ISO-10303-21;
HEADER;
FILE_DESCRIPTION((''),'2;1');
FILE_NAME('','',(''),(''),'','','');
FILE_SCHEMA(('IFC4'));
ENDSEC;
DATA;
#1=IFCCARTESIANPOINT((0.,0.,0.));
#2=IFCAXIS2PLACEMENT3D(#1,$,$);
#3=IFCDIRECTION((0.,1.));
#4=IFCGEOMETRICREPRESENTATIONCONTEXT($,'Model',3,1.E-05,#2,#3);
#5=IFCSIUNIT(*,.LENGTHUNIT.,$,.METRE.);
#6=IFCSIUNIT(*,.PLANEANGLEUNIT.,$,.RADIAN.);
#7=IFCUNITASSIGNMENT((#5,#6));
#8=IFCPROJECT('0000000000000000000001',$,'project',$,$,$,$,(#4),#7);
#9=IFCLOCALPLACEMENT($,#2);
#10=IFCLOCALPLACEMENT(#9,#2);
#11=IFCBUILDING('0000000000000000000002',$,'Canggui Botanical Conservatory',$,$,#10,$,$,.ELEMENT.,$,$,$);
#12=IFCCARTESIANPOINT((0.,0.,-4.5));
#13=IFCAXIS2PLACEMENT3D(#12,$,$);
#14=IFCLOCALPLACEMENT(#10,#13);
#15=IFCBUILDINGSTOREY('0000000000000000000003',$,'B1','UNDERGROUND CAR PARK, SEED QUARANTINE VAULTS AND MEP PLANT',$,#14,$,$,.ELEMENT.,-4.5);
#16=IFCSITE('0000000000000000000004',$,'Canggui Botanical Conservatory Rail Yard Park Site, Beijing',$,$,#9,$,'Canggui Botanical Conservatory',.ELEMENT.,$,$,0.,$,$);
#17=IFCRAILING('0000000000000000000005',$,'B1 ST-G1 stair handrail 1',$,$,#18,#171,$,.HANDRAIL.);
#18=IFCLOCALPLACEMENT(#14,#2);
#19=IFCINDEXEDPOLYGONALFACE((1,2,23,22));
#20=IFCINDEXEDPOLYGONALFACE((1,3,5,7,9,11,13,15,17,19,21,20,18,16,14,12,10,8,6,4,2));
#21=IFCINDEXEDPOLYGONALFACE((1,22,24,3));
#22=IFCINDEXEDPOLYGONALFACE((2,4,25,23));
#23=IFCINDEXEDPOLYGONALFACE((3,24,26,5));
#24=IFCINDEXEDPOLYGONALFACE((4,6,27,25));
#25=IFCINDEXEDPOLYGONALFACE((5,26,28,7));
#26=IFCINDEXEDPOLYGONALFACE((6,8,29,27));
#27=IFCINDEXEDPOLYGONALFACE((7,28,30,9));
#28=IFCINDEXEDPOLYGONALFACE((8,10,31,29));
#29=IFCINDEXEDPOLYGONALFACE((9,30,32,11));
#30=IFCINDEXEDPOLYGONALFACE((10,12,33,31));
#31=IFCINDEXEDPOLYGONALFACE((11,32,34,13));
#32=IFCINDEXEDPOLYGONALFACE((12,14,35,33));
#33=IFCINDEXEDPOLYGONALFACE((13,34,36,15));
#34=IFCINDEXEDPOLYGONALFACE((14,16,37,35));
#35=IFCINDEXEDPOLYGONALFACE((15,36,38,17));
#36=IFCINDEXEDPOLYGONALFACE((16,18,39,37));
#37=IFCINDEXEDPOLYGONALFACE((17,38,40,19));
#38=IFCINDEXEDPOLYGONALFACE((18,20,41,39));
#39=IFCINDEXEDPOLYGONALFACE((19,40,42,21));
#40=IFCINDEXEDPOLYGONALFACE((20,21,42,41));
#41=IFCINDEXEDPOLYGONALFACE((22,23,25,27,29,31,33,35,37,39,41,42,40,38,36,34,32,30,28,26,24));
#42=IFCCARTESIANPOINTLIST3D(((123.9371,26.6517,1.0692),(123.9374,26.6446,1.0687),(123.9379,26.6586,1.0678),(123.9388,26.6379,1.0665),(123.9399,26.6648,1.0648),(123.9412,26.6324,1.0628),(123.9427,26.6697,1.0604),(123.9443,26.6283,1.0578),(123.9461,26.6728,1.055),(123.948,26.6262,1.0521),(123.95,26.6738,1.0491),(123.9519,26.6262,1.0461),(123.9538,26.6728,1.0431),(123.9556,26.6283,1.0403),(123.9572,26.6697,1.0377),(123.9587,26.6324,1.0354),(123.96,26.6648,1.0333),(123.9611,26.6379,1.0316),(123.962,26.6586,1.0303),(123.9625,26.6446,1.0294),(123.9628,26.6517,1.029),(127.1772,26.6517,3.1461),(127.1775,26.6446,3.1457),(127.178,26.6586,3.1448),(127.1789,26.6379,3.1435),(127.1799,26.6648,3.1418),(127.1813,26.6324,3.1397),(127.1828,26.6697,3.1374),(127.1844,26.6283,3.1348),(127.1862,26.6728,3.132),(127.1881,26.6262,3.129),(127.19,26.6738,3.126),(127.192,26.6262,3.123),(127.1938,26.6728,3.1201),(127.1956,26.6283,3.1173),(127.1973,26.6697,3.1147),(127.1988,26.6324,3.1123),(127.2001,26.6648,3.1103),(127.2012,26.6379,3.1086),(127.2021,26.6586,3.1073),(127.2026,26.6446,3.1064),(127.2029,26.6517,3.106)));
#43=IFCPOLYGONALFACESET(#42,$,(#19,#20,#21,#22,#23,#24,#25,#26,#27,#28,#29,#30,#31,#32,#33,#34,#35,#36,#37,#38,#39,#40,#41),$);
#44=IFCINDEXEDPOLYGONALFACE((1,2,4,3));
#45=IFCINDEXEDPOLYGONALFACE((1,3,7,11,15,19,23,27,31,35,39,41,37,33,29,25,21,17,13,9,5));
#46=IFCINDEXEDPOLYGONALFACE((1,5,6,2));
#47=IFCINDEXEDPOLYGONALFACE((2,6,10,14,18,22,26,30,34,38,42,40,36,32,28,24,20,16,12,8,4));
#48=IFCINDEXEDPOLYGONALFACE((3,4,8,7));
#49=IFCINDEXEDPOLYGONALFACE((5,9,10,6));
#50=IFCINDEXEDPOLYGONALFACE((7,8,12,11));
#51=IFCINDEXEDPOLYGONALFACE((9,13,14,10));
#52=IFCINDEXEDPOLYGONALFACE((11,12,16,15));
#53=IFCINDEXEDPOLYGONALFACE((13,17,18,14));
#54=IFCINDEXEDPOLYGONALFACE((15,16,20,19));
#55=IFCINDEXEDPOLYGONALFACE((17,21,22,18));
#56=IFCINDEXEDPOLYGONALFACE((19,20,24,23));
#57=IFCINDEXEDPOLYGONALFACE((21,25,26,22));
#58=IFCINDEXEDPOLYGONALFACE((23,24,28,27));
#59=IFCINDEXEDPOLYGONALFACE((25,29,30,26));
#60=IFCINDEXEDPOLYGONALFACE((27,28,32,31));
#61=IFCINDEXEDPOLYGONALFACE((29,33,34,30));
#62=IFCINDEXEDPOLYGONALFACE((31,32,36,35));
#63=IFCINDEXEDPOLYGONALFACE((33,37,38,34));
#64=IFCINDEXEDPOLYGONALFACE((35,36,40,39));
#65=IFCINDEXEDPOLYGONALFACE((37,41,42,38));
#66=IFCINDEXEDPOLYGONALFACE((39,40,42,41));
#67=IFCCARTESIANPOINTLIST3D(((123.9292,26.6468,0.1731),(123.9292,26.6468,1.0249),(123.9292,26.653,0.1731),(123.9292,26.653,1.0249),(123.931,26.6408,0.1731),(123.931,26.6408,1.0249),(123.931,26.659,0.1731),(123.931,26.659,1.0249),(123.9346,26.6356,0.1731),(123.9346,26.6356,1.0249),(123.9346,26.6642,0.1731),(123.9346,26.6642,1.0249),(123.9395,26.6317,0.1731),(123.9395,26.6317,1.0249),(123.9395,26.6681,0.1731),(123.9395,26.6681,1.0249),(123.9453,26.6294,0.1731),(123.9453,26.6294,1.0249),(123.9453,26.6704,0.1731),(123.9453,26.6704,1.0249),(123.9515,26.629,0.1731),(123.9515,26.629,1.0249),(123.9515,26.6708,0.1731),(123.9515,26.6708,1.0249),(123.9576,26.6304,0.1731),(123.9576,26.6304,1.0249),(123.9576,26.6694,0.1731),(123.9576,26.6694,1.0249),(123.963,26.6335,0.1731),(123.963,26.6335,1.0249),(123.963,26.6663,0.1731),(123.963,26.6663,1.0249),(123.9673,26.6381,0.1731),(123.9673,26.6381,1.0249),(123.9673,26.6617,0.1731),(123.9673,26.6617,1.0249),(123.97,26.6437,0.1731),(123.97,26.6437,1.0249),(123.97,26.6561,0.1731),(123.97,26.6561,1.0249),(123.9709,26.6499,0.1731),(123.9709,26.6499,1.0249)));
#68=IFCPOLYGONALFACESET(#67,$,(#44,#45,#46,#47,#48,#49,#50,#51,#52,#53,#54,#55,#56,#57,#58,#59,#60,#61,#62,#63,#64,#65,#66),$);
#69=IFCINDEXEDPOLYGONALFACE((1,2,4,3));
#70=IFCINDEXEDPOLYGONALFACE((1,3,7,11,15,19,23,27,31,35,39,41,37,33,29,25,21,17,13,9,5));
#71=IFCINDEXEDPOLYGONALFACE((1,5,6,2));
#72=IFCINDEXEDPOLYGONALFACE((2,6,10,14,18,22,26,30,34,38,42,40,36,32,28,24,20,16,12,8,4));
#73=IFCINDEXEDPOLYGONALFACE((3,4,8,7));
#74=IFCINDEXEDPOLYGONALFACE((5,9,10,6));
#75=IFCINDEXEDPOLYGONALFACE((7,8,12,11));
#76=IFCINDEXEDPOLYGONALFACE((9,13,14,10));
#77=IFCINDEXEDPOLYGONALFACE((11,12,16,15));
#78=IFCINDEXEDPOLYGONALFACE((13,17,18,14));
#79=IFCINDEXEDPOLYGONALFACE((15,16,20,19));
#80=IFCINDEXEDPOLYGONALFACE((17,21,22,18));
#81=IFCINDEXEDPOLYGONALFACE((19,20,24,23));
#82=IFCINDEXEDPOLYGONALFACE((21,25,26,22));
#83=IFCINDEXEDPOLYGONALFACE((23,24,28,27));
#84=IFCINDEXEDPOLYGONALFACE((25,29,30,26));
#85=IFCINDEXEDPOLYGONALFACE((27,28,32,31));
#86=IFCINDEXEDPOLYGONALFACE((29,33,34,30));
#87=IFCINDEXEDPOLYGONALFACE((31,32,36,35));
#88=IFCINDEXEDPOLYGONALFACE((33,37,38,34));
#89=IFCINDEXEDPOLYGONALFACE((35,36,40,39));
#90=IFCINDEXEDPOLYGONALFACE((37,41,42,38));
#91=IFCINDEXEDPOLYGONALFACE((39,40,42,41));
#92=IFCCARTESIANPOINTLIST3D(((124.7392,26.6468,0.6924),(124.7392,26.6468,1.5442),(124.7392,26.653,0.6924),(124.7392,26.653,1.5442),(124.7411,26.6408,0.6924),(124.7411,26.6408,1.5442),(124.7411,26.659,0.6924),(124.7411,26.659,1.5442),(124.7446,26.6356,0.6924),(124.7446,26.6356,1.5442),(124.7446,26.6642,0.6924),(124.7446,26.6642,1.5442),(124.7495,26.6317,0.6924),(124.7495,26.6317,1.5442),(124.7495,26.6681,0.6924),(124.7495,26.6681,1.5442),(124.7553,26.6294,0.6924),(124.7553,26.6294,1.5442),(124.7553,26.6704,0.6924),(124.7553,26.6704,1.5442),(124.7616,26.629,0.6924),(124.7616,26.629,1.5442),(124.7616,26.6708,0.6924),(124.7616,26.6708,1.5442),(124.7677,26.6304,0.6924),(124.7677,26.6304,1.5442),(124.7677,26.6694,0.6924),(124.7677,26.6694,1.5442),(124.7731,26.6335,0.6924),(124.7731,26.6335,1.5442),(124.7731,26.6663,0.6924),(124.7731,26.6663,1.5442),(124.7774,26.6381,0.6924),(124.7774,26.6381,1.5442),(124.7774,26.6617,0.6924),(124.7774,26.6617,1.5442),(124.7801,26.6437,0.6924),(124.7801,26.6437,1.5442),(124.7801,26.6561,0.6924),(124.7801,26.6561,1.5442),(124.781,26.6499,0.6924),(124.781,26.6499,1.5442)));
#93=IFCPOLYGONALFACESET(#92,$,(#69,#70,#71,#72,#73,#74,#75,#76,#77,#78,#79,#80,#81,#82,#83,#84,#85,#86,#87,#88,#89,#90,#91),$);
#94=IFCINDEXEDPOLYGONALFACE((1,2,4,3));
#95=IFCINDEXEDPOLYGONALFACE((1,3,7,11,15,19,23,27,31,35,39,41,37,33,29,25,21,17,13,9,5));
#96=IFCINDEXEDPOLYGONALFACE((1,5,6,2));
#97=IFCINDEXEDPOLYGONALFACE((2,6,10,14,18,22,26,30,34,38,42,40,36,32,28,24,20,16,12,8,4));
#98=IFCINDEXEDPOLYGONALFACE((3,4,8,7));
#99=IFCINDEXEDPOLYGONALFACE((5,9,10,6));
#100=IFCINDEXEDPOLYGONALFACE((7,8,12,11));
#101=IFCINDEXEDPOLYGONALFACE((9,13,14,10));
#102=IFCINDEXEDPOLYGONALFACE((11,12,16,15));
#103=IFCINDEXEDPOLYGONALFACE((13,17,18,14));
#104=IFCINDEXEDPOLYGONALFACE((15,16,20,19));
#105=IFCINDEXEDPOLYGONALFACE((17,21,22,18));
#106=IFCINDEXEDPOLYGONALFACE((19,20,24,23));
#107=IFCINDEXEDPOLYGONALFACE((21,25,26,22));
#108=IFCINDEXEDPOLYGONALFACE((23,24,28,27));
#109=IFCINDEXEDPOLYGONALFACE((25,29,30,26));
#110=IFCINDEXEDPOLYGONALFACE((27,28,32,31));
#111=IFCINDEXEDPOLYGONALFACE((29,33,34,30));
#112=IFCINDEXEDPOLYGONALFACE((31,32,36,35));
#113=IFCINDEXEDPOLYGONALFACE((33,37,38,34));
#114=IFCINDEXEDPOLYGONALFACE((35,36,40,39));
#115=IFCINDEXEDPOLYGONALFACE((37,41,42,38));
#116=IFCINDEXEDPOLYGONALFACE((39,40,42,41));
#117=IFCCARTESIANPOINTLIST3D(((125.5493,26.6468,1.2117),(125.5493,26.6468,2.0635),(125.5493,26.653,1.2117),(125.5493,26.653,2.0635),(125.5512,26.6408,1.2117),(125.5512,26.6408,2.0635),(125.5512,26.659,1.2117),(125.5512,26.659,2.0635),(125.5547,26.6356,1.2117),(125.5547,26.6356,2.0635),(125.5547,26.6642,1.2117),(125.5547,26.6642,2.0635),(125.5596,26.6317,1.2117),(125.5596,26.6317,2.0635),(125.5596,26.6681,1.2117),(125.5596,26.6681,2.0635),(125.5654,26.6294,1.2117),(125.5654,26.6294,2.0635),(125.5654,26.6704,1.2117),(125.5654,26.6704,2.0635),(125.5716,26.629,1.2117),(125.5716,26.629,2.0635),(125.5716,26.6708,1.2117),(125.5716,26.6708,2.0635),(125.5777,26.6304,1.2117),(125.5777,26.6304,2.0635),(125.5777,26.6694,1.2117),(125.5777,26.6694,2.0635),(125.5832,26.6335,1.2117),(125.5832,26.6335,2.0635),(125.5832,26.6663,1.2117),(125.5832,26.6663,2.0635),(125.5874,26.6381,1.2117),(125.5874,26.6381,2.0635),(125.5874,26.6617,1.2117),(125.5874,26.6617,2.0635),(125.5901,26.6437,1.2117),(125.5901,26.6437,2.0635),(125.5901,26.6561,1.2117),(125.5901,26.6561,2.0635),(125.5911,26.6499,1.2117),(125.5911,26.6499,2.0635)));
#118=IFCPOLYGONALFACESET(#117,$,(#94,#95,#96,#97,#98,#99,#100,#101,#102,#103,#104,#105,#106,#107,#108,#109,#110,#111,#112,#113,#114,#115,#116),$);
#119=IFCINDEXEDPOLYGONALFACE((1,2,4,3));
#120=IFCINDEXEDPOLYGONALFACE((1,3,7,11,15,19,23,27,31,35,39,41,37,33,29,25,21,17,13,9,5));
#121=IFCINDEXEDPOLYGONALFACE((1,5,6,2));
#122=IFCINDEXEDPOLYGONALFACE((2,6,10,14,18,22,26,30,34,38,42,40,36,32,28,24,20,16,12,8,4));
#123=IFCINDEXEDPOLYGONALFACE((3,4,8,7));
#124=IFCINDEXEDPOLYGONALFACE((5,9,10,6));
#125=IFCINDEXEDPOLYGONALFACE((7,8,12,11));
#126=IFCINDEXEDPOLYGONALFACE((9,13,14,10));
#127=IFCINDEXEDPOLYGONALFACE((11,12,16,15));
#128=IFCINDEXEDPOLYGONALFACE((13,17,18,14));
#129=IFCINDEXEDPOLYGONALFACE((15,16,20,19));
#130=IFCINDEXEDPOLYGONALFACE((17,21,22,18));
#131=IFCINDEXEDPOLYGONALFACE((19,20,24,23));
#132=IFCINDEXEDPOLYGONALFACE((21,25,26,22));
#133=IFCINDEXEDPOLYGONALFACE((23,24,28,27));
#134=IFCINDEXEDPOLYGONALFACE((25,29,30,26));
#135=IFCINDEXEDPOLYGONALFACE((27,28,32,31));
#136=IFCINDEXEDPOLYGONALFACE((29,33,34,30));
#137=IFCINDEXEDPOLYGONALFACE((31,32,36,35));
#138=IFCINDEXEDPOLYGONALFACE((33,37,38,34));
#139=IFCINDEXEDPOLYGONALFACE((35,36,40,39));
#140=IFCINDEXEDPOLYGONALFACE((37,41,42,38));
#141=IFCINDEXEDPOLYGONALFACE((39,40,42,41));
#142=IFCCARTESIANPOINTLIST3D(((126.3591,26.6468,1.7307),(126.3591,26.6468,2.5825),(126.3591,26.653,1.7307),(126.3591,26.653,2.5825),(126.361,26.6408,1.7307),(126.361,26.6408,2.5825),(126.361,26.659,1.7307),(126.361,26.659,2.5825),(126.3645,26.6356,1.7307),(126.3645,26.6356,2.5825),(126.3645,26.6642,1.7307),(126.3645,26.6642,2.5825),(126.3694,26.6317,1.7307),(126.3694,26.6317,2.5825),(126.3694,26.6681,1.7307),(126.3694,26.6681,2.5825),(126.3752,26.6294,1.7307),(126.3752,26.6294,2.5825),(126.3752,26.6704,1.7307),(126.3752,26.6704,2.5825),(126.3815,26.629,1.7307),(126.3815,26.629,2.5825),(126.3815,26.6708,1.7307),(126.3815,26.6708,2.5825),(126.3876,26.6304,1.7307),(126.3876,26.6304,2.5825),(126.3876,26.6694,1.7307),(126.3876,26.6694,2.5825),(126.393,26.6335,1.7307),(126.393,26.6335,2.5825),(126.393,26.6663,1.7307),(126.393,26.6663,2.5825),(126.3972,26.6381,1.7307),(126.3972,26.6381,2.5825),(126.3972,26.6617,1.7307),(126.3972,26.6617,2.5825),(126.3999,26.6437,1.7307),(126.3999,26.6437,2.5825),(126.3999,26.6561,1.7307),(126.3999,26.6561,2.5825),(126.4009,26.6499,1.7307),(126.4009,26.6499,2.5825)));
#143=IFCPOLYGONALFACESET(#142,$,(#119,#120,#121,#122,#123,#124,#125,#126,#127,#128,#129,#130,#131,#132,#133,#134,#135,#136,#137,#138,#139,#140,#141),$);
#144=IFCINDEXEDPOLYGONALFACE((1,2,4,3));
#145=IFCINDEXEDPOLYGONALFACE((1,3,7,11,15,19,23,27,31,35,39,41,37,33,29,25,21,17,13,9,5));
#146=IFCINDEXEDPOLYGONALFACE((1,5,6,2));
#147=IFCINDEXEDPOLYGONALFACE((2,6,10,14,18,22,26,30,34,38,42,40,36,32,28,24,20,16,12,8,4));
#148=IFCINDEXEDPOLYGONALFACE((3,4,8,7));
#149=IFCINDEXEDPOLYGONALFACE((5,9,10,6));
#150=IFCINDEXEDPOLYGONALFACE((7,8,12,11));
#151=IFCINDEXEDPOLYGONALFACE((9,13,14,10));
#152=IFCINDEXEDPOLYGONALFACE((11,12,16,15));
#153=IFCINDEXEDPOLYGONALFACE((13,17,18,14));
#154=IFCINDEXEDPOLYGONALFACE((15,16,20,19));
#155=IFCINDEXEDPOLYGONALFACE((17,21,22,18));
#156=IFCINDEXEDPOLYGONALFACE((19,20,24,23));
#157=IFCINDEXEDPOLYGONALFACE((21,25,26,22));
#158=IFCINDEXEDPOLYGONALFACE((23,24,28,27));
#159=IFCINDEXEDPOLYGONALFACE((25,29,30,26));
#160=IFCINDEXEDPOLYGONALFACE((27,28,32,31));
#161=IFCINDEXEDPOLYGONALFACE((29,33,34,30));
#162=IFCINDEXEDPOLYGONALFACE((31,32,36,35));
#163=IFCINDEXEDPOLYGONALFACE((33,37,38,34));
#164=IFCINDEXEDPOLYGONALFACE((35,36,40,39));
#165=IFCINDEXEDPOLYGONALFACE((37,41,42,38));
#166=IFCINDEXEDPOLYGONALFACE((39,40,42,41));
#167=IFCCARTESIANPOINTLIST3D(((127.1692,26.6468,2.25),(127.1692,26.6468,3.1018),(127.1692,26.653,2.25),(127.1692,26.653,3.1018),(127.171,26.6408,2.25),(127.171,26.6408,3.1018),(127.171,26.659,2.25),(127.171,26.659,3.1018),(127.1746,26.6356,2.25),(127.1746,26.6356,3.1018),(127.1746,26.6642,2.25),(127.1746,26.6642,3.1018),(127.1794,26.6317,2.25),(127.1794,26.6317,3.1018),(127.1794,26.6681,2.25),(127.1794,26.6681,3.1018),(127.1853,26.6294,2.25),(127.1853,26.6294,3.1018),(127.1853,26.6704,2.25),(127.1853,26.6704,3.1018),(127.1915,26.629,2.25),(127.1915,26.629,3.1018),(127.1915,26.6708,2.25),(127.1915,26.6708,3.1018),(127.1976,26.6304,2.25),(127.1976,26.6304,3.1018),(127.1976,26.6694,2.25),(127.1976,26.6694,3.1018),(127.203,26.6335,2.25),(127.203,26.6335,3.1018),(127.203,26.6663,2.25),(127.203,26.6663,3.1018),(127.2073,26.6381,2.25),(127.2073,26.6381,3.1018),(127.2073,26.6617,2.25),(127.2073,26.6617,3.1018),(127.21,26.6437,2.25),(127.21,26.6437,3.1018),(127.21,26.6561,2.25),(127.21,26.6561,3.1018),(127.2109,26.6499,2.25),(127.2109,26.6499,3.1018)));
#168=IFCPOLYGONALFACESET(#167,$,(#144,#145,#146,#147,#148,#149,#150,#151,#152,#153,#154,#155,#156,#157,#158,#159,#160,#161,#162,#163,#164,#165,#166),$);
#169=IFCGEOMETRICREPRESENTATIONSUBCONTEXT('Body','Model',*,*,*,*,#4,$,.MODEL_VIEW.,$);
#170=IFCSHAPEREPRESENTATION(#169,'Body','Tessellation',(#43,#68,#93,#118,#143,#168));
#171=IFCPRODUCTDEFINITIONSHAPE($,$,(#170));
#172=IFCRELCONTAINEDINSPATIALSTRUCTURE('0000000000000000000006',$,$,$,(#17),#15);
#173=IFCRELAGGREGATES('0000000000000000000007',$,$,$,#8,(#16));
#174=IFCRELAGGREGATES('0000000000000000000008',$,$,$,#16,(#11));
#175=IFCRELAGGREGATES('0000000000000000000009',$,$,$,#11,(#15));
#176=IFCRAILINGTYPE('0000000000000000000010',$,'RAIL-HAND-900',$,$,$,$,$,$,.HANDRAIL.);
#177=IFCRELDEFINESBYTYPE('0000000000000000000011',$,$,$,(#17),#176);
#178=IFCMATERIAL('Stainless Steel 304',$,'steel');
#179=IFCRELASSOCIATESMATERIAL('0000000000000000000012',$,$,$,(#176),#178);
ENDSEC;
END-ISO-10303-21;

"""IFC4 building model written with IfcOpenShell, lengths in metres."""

from ifc_helpers import new_model, si_unit, direction, frame, origin, origin_2d, place, context, subcontext, project, spatial, circle, extrude, material, type_object, element, save


model = new_model("IFC4")

# Units and contexts
model_context = context("Model", 3, precision=1e-05, world=origin(), true_north=direction((0.0, 1.0)))
body_context = subcontext(model_context, "Body", "Model", "MODEL_VIEW")
ifc_project = project(units=[si_unit("LENGTHUNIT", "METRE"), si_unit("PLANEANGLEUNIT", "RADIAN")], contexts=[model_context])

# Site, building, storey
site_placement = place(None, origin())
site = spatial("IfcSite", under=ifc_project, at=site_placement, Name="Canggui Botanical Conservatory Rail Yard Park Site, Beijing", LongName="Canggui Botanical Conservatory", CompositionType="ELEMENT", RefElevation=0.0)
building_placement = place(site_placement, origin())
building = spatial("IfcBuilding", under=site, at=building_placement, Name="Canggui Botanical Conservatory", CompositionType="ELEMENT")
storey_placement = place(building_placement, frame((0.0, 0.0, -4.5)))
storey = spatial("IfcBuildingStorey", under=building, at=storey_placement, Name="B1", Description="UNDERGROUND CAR PARK, SEED QUARANTINE VAULTS AND MEP PLANT", CompositionType="ELEMENT", Elevation=-4.5)

# Railing
ifc_material_1 = material(Name="Stainless Steel 304", Category="steel")
railing_type_1 = type_object("IfcRailingType", Name="RAIL-HAND-900", PredefinedType="HANDRAIL", material=ifc_material_1)
for number, where, name in (
    (1, (123.95, 26.6499, 0.1731), "B1 ST-G1 stair handrail 1"),
):
    element("IfcRailing", number, at=place(storey_placement, frame(where)), inside=storey, type_object=railing_type_1, Name=name, PredefinedType="HANDRAIL", context=body_context, shape_type="SweptSolid", body=[
        extrude(circle(Radius=0.0239, at=origin_2d()), frame((0.0, 0.0, 0.876), z_axis=(0.841881, 0.0, 0.539664), x_axis=(0.0, 1.0, 0.0)), (0.0, 0.0, 1.0), 3.8486),
        extrude(circle(Radius=0.021, at=origin_2d()), origin(), (0.0, 0.0, 1.0), 0.8518),
        extrude(circle(Radius=0.021, at=origin_2d()), frame((0.8101, 0.0, 0.5193)), (0.0, 0.0, 1.0), 0.8518),
        extrude(circle(Radius=0.021, at=origin_2d()), frame((1.6201, 0.0, 1.0386)), (0.0, 0.0, 1.0), 0.8518),
        extrude(circle(Radius=0.021, at=origin_2d()), frame((2.4299, 0.0, 1.5576)), (0.0, 0.0, 1.0), 0.8518),
        extrude(circle(Radius=0.021, at=origin_2d()), frame((3.24, 0.0, 2.0769)), (0.0, 0.0, 1.0), 0.8518),
    ])

save(model, "model.ifc")
